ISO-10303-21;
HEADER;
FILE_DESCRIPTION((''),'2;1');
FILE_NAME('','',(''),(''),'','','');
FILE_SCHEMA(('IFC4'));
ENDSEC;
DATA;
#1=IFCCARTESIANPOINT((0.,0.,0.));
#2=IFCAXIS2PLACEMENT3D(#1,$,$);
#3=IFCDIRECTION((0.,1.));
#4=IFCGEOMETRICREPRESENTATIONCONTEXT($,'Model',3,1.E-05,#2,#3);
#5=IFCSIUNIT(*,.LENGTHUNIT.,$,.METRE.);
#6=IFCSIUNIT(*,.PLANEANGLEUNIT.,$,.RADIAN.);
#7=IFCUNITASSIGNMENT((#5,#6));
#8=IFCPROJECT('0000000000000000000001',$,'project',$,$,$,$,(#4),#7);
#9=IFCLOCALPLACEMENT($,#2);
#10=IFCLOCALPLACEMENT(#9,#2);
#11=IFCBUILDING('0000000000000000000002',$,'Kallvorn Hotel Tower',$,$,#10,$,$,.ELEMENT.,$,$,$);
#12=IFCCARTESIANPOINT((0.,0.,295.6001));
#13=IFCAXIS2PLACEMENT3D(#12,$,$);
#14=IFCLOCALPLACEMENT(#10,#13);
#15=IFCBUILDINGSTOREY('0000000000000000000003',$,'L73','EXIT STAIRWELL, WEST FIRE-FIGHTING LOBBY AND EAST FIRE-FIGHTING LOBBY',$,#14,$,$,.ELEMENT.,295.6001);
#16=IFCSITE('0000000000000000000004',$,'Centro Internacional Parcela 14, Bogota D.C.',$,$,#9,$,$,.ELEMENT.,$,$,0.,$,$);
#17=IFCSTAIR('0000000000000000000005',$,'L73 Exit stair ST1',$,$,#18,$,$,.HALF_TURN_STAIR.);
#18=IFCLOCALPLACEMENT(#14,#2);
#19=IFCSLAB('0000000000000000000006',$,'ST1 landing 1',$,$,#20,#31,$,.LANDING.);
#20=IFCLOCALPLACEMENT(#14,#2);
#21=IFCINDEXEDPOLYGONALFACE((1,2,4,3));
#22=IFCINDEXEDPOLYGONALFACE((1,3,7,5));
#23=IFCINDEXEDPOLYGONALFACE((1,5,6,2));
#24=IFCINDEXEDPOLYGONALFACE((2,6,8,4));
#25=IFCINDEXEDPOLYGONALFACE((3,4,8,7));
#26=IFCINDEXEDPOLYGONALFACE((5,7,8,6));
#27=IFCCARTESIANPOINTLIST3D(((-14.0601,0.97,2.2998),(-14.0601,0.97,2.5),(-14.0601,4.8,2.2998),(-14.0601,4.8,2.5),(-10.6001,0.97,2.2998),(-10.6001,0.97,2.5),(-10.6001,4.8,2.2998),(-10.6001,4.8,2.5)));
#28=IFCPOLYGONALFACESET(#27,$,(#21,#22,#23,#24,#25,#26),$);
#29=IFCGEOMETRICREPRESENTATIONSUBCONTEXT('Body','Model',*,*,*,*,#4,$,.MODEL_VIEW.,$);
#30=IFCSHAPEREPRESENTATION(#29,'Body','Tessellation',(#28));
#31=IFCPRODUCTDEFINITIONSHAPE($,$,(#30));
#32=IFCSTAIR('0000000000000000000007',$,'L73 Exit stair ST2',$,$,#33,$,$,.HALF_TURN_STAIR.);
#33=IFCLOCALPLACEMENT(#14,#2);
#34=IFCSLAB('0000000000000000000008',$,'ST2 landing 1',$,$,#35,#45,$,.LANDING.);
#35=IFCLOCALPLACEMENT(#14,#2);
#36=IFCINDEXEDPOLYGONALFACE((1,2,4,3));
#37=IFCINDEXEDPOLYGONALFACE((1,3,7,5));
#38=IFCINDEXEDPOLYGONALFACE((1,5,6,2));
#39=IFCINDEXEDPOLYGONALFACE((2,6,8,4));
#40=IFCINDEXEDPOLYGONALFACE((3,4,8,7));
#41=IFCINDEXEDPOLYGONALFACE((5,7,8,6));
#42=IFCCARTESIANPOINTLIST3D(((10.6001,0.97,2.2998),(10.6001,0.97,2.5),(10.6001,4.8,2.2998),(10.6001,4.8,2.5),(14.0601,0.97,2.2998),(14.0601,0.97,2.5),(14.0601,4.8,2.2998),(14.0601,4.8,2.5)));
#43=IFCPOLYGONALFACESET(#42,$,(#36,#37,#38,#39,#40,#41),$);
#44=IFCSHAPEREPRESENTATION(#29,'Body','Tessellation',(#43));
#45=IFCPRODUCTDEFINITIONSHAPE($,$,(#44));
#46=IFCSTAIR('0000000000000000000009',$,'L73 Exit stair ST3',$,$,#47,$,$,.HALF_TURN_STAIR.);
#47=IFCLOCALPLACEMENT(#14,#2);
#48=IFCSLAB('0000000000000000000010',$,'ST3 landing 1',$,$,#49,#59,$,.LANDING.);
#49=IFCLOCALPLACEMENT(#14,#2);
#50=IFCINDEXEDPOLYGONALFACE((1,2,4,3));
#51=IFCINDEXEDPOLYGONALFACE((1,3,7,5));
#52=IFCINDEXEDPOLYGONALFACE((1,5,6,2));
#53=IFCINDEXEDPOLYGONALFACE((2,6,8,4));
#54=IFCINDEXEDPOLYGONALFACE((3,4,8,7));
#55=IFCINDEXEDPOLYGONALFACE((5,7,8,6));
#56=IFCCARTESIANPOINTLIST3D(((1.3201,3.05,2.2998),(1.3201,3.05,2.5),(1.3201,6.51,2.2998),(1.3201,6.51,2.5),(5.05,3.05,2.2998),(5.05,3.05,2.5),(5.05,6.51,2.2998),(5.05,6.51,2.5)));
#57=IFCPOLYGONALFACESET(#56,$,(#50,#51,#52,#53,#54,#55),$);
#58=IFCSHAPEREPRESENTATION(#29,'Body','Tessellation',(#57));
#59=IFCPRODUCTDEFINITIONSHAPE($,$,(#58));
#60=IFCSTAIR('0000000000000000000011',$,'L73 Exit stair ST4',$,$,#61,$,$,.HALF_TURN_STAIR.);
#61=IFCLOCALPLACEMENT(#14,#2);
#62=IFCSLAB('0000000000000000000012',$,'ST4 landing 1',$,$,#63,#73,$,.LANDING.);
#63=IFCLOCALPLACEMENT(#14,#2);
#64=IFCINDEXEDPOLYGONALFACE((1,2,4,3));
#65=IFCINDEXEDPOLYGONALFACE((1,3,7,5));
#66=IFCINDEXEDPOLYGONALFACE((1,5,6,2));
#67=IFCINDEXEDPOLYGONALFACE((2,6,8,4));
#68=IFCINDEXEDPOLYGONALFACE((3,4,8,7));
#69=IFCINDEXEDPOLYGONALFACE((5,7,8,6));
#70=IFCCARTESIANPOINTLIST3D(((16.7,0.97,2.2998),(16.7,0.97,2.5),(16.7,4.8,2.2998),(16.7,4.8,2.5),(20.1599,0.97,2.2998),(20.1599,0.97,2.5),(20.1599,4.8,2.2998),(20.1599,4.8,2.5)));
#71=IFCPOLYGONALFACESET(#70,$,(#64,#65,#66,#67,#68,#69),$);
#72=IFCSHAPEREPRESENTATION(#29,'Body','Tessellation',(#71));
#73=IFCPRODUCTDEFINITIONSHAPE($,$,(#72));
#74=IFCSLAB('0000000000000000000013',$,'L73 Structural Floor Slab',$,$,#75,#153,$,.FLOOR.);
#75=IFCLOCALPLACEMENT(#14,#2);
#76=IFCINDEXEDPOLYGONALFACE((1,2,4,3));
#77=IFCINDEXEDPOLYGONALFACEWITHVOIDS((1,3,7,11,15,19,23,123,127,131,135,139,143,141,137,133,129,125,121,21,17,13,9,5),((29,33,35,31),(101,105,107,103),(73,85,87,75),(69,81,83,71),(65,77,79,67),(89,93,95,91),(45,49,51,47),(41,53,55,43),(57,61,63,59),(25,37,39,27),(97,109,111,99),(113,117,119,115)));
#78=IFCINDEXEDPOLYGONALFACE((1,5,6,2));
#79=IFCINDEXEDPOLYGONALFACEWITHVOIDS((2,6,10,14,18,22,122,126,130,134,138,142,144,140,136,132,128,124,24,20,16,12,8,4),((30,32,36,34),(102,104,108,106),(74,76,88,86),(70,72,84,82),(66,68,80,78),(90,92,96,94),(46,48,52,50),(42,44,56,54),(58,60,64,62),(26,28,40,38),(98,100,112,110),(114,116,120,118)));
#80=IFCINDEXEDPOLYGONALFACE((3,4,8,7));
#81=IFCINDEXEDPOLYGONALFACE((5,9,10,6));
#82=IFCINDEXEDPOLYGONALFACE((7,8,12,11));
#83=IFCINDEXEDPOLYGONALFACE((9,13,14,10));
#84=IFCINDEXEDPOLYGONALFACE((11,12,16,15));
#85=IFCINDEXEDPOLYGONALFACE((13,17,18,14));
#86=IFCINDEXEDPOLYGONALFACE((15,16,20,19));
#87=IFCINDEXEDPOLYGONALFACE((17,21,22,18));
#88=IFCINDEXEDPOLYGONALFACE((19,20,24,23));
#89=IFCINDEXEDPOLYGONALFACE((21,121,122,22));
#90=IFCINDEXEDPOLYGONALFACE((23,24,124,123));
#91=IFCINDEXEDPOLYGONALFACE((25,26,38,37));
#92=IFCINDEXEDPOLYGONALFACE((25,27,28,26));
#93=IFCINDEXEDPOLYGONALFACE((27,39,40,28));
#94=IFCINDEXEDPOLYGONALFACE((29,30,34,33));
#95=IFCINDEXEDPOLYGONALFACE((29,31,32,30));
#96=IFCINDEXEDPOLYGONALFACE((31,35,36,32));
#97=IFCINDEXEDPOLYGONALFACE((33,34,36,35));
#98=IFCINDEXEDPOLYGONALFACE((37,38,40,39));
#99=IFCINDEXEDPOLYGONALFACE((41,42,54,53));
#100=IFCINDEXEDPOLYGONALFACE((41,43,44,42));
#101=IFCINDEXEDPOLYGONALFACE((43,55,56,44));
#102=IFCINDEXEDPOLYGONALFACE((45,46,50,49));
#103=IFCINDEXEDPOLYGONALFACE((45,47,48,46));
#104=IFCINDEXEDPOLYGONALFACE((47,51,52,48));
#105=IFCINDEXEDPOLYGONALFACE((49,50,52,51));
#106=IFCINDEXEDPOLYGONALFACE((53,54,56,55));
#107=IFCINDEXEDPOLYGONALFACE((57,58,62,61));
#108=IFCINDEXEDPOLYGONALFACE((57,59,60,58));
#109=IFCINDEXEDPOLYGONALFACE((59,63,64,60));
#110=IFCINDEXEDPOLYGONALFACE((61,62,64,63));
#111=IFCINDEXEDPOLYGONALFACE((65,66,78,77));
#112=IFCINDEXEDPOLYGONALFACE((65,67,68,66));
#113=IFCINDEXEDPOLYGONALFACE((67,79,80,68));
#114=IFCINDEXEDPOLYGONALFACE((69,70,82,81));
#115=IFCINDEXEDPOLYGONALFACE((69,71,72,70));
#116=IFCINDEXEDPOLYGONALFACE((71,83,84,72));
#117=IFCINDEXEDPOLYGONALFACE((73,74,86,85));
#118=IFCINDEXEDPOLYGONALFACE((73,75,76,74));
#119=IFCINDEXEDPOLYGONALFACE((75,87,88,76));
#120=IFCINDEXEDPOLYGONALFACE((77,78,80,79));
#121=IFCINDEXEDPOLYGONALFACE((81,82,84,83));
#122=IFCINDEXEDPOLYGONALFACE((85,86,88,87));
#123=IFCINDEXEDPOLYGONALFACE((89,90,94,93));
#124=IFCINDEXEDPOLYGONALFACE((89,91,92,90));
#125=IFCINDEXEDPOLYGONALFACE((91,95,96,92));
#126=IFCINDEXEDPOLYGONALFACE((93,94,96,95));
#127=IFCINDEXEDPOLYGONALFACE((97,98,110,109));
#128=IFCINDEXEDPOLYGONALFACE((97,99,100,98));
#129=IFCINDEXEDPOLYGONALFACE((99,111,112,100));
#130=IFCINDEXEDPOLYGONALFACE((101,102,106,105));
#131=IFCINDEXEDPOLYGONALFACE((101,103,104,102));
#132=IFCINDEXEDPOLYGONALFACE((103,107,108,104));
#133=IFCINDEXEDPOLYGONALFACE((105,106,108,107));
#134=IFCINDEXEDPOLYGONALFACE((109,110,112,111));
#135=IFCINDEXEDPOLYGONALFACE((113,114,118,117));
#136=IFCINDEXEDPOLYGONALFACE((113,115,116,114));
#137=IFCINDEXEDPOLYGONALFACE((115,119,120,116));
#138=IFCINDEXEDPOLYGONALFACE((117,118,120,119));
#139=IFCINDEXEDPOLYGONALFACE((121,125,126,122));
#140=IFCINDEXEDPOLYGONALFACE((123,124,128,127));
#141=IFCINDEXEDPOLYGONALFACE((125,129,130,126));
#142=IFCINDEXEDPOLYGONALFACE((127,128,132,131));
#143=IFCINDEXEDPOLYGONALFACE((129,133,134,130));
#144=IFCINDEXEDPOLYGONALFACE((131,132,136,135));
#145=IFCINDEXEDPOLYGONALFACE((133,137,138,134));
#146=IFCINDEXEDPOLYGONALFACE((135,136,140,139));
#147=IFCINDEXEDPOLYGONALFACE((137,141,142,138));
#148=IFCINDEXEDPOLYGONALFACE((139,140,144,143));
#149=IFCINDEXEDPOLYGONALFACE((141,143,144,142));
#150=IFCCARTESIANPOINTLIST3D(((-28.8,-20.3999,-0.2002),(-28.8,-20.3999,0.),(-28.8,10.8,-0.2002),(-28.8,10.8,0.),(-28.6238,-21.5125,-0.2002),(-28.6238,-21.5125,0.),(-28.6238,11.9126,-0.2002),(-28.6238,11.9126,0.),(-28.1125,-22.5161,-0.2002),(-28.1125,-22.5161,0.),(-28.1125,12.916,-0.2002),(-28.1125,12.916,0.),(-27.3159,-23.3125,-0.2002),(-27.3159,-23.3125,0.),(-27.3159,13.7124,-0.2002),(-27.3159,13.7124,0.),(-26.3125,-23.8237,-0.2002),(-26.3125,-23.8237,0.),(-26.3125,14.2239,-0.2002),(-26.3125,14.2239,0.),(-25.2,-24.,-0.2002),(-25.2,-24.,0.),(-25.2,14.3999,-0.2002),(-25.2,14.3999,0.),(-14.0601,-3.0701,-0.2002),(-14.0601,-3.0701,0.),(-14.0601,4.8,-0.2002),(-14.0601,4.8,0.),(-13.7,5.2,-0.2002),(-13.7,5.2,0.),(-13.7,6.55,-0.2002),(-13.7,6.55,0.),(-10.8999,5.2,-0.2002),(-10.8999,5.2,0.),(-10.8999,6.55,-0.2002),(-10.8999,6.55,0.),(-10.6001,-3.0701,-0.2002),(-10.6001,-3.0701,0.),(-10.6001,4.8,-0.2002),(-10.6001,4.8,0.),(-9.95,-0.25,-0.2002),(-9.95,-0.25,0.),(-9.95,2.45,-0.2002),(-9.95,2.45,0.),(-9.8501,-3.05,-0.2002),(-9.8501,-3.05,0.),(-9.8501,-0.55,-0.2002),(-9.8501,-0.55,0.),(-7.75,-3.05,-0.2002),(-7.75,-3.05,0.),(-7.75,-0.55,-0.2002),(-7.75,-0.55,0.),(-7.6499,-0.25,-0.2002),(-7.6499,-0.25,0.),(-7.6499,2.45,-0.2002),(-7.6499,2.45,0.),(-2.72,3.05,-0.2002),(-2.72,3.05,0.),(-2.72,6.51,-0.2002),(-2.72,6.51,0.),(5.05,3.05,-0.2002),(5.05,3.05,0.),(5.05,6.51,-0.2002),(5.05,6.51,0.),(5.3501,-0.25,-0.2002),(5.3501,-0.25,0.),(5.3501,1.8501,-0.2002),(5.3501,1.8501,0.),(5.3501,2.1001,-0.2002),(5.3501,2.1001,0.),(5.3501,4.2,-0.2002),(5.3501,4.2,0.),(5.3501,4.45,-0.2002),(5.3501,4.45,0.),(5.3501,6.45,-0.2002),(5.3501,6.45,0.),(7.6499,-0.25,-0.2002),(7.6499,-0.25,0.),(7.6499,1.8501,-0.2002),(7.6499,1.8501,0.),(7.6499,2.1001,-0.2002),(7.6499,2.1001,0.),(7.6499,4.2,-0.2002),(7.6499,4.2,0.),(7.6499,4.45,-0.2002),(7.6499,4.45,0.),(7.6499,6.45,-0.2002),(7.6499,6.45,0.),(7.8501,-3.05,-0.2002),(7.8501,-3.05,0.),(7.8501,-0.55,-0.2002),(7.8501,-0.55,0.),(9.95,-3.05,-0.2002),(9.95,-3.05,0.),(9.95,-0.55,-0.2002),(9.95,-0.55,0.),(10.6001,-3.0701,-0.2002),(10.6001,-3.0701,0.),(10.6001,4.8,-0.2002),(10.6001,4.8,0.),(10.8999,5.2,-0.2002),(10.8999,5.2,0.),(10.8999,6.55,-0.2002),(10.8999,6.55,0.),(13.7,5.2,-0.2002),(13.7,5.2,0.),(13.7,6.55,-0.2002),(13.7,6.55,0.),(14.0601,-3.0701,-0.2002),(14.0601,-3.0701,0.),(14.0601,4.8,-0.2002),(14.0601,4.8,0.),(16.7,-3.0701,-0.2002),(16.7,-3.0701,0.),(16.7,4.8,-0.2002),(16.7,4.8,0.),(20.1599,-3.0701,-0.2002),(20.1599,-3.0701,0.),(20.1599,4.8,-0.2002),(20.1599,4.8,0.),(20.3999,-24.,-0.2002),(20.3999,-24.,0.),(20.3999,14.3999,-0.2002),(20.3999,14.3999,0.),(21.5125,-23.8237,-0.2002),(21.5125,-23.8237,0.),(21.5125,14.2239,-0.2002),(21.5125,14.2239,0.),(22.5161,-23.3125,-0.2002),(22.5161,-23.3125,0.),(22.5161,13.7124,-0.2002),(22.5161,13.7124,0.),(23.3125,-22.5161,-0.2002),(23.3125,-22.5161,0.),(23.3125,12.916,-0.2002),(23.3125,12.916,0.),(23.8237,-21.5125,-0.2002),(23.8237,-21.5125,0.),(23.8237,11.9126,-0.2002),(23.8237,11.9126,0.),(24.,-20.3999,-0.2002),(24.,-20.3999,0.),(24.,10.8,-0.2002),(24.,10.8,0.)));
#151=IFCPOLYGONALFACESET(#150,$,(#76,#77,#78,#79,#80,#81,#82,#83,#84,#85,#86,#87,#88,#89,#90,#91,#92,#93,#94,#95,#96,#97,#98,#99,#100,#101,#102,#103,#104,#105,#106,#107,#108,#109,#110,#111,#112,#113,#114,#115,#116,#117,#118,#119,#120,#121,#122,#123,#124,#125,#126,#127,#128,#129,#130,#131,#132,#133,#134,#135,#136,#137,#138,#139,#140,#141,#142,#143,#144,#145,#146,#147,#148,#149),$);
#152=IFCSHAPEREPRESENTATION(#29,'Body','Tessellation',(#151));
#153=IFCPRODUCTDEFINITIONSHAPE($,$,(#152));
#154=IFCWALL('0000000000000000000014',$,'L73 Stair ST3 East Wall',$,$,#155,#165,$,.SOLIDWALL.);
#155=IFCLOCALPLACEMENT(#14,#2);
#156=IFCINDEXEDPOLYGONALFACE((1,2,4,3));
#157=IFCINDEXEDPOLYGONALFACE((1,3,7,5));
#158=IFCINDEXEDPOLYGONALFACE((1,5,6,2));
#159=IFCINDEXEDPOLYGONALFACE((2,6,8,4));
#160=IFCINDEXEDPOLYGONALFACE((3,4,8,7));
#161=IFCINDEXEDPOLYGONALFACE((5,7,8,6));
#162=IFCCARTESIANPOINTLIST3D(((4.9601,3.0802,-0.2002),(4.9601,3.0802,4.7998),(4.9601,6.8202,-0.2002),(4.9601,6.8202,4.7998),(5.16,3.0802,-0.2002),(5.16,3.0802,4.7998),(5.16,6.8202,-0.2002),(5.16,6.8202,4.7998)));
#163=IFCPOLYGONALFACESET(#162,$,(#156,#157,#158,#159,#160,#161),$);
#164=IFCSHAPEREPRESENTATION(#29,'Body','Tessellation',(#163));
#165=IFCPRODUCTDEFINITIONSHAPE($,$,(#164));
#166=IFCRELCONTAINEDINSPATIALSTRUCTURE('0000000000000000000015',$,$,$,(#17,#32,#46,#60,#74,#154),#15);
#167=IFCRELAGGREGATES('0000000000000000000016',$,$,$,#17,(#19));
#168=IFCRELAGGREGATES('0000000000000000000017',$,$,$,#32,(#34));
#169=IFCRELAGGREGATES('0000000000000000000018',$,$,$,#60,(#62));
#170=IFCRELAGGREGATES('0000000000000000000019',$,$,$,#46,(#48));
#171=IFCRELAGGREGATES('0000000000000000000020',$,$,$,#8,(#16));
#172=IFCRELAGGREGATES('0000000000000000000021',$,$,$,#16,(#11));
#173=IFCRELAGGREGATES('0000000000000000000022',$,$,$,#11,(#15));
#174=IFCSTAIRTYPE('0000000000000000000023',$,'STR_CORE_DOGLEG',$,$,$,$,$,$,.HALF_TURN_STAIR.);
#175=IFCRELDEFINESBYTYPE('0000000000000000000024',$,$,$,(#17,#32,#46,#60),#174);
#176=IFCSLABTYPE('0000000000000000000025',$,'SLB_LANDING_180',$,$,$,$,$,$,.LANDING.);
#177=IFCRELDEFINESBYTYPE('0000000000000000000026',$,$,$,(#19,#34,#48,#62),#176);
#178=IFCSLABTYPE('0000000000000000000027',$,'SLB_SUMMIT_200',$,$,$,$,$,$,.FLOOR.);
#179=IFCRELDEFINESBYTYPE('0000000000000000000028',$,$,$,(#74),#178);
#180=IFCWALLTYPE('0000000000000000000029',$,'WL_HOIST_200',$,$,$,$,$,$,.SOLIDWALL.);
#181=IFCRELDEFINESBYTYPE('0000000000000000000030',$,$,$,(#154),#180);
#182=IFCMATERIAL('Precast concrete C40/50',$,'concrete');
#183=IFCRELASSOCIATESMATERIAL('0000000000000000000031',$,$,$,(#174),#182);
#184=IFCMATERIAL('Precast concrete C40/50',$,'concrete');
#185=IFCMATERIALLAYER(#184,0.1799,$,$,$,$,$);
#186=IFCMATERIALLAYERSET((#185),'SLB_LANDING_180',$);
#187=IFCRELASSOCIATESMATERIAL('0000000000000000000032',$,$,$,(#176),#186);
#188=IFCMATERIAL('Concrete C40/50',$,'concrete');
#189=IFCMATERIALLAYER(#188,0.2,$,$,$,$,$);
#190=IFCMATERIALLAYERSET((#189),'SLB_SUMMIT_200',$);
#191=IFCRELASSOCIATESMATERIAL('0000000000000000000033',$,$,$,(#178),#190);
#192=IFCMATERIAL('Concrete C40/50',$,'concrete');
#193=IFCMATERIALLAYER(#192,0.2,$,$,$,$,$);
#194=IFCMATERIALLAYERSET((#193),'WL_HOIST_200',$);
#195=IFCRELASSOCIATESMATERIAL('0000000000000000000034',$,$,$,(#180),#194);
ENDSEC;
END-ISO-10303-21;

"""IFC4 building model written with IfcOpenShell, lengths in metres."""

from ifc_helpers import new_model, si_unit, direction, frame, frame_2d, origin, place, context, subcontext, project, spatial, polyline, rectangle, outline, extrude, material, layer, layer_set, type_object, element, aggregate, save


model = new_model("IFC4")

# Units and contexts
model_context = context("Model", 3, precision=1e-05, world=origin(), true_north=direction((0.0, 1.0)))
body_context = subcontext(model_context, "Body", "Model", "MODEL_VIEW")
ifc_project = project(units=[si_unit("LENGTHUNIT", "METRE"), si_unit("PLANEANGLEUNIT", "RADIAN")], contexts=[model_context])

# Site, building, storey
site_placement = place(None, origin())
site = spatial("IfcSite", under=ifc_project, at=site_placement, Name="Centro Internacional Parcela 14, Bogota D.C.", CompositionType="ELEMENT", RefElevation=0.0)
building_placement = place(site_placement, origin())
building = spatial("IfcBuilding", under=site, at=building_placement, Name="Kallvorn Hotel Tower", CompositionType="ELEMENT")
storey_placement = place(building_placement, frame((0.0, 0.0, 295.6001)))
storey = spatial("IfcBuildingStorey", under=building, at=storey_placement, Name="L73", Description="EXIT STAIRWELL, WEST FIRE-FIGHTING LOBBY AND EAST FIRE-FIGHTING LOBBY", CompositionType="ELEMENT", Elevation=295.6001)

# Stairs, slabs
ifc_material_1 = material(Name="Precast concrete C40/50", Category="concrete")
stair_type = type_object("IfcStairType", Name="STR_CORE_DOGLEG", PredefinedType="HALF_TURN_STAIR", material=ifc_material_1)
stair_1_placement = place(storey_placement, origin())
stair_1 = element("IfcStair", 1, at=stair_1_placement, inside=storey, type_object=stair_type, Name="L73 Exit stair ST1", PredefinedType="HALF_TURN_STAIR")
ifc_material_2 = material(Name="Precast concrete C40/50", Category="concrete")
ifc_layer_1 = layer(ifc_material_2, 0.1799)
ifc_layer_set_1 = layer_set([ifc_layer_1], Name="SLB_LANDING_180")
slab_type_1 = type_object("IfcSlabType", Name="SLB_LANDING_180", PredefinedType="LANDING", material=ifc_layer_set_1)
slab_1_placement = place(storey_placement, frame((0.0, 0.0, 2.2998)))
slab_1 = element("IfcSlab", 2, at=slab_1_placement, type_object=slab_type_1, Name="ST1 landing 1", PredefinedType="LANDING", context=body_context, shape_type="SweptSolid", body=[
    extrude(outline(polyline([(-10.6001, 0.97), (-10.6001, 4.8), (-14.0601, 4.8), (-14.0601, 0.97), (-10.6001, 0.97)])), origin(), (0.0, 0.0, 1.0), 0.2002),
])
aggregate(stair_1, [slab_1])
stair_2_placement = place(storey_placement, origin())
stair_2 = element("IfcStair", 3, at=stair_2_placement, inside=storey, type_object=stair_type, Name="L73 Exit stair ST2", PredefinedType="HALF_TURN_STAIR")
slab_2_placement = place(storey_placement, frame((0.0, 0.0, 2.2998)))
slab_2 = element("IfcSlab", 4, at=slab_2_placement, type_object=slab_type_1, Name="ST2 landing 1", PredefinedType="LANDING", context=body_context, shape_type="SweptSolid", body=[
    extrude(outline(polyline([(14.0601, 0.97), (14.0601, 4.8), (10.6001, 4.8), (10.6001, 0.97), (14.0601, 0.97)])), origin(), (0.0, 0.0, 1.0), 0.2002),
])
aggregate(stair_2, [slab_2])
stair_3_placement = place(storey_placement, origin())
stair_3 = element("IfcStair", 5, at=stair_3_placement, inside=storey, type_object=stair_type, Name="L73 Exit stair ST3", PredefinedType="HALF_TURN_STAIR")
slab_3_placement = place(storey_placement, frame((0.0, 0.0, 2.2998)))
slab_3 = element("IfcSlab", 6, at=slab_3_placement, type_object=slab_type_1, Name="ST3 landing 1", PredefinedType="LANDING", context=body_context, shape_type="SweptSolid", body=[
    extrude(outline(polyline([(1.3201, 3.05), (5.05, 3.05), (5.05, 6.51), (1.3201, 6.51), (1.3201, 3.05)])), origin(), (0.0, 0.0, 1.0), 0.2002),
])
stair_4_placement = place(storey_placement, origin())
stair_4 = element("IfcStair", 7, at=stair_4_placement, inside=storey, type_object=stair_type, Name="L73 Exit stair ST4", PredefinedType="HALF_TURN_STAIR")
slab_4_placement = place(storey_placement, frame((0.0, 0.0, 2.2998)))
slab_4 = element("IfcSlab", 8, at=slab_4_placement, type_object=slab_type_1, Name="ST4 landing 1", PredefinedType="LANDING", context=body_context, shape_type="SweptSolid", body=[
    extrude(outline(polyline([(20.1599, 0.97), (20.1599, 4.8), (16.7, 4.8), (16.7, 0.97), (20.1599, 0.97)])), origin(), (0.0, 0.0, 1.0), 0.2002),
])
aggregate(stair_4, [slab_4])

# Slab
ifc_material_3 = material(Name="Concrete C40/50", Category="concrete")
ifc_layer_2 = layer(ifc_material_3, 0.2)
ifc_layer_set_2 = layer_set([ifc_layer_2], Name="SLB_SUMMIT_200")
slab_type_2 = type_object("IfcSlabType", Name="SLB_SUMMIT_200", PredefinedType="FLOOR", material=ifc_layer_set_2)
slab_5_placement = place(storey_placement, frame((0.0, 0.0, -0.2002)))
element("IfcSlab", 9, at=slab_5_placement, inside=storey, type_object=slab_type_2, Name="L73 Structural Floor Slab", PredefinedType="FLOOR", context=body_context, shape_type="SweptSolid", body=[
    extrude(outline(polyline([(20.3999, -24.0), (21.5125, -23.8237), (22.5161, -23.3125), (23.3125, -22.5161), (23.8237, -21.5125), (24.0, -20.3999), (24.0, 10.8), (23.8237, 11.9126), (23.3125, 12.916), (22.5161, 13.7124), (21.5125, 14.2239), (20.3999, 14.3999), (-25.2, 14.3999), (-26.3125, 14.2239), (-27.3159, 13.7124), (-28.1125, 12.916), (-28.6238, 11.9126), (-28.8, 10.8), (-28.8, -20.3999), (-28.6238, -21.5125), (-28.1125, -22.5161), (-27.3159, -23.3125), (-26.3125, -23.8237), (-25.2, -24.0), (20.3999, -24.0)]), holes=[polyline([(-10.6001, -3.0701), (-10.6001, 4.8), (-14.0601, 4.8), (-14.0601, -3.0701), (-10.6001, -3.0701)]), polyline([(14.0601, -3.0701), (14.0601, 4.8), (10.6001, 4.8), (10.6001, -3.0701), (14.0601, -3.0701)]), polyline([(-2.72, 3.05), (5.05, 3.05), (5.05, 6.51), (-2.72, 6.51), (-2.72, 3.05)]), polyline([(20.1599, -3.0701), (20.1599, 4.8), (16.7, 4.8), (16.7, -3.0701), (20.1599, -3.0701)]), polyline([(5.3501, -0.25), (7.6499, -0.25), (7.6499, 1.8501), (5.3501, 1.8501), (5.3501, -0.25)]), polyline([(5.3501, 2.1001), (7.6499, 2.1001), (7.6499, 4.2), (5.3501, 4.2), (5.3501, 2.1001)]), polyline([(5.3501, 4.45), (7.6499, 4.45), (7.6499, 6.45), (5.3501, 6.45), (5.3501, 4.45)]), polyline([(-9.8501, -3.05), (-7.75, -3.05), (-7.75, -0.55), (-9.8501, -0.55), (-9.8501, -3.05)]), polyline([(7.8501, -3.05), (9.95, -3.05), (9.95, -0.55), (7.8501, -0.55), (7.8501, -3.05)]), polyline([(-9.95, -0.25), (-7.6499, -0.25), (-7.6499, 2.45), (-9.95, 2.45), (-9.95, -0.25)]), polyline([(-13.7, 5.2), (-10.8999, 5.2), (-10.8999, 6.55), (-13.7, 6.55), (-13.7, 5.2)]), polyline([(10.8999, 5.2), (13.7, 5.2), (13.7, 6.55), (10.8999, 6.55), (10.8999, 5.2)])]), origin(), (0.0, 0.0, 1.0), 0.2002),
])

# Wall
ifc_material_4 = material(Name="Concrete C40/50", Category="concrete")
ifc_layer_3 = layer(ifc_material_4, 0.2)
ifc_layer_set_3 = layer_set([ifc_layer_3], Name="WL_HOIST_200")
wall_type_1 = type_object("IfcWallType", Name="WL_HOIST_200", PredefinedType="SOLIDWALL", material=ifc_layer_set_3)
wall_1_placement = place(storey_placement, frame((5.0601, 3.0801, -0.2002), z_axis=(0.0, 0.0, 1.0), x_axis=(0.0, 1.0, 0.0)))
element("IfcWall", 10, at=wall_1_placement, inside=storey, type_object=wall_type_1, Name="L73 Stair ST3 East Wall", PredefinedType="SOLIDWALL", context=body_context, shape_type="SweptSolid", body=[
    extrude(rectangle(XDim=3.74, YDim=0.2, at=frame_2d((1.8701, 0.0))), origin(), (0.0, 0.0, 1.0), 5.0),
])

aggregate(stair_3, [slab_3])

save(model, "model.ifc")
